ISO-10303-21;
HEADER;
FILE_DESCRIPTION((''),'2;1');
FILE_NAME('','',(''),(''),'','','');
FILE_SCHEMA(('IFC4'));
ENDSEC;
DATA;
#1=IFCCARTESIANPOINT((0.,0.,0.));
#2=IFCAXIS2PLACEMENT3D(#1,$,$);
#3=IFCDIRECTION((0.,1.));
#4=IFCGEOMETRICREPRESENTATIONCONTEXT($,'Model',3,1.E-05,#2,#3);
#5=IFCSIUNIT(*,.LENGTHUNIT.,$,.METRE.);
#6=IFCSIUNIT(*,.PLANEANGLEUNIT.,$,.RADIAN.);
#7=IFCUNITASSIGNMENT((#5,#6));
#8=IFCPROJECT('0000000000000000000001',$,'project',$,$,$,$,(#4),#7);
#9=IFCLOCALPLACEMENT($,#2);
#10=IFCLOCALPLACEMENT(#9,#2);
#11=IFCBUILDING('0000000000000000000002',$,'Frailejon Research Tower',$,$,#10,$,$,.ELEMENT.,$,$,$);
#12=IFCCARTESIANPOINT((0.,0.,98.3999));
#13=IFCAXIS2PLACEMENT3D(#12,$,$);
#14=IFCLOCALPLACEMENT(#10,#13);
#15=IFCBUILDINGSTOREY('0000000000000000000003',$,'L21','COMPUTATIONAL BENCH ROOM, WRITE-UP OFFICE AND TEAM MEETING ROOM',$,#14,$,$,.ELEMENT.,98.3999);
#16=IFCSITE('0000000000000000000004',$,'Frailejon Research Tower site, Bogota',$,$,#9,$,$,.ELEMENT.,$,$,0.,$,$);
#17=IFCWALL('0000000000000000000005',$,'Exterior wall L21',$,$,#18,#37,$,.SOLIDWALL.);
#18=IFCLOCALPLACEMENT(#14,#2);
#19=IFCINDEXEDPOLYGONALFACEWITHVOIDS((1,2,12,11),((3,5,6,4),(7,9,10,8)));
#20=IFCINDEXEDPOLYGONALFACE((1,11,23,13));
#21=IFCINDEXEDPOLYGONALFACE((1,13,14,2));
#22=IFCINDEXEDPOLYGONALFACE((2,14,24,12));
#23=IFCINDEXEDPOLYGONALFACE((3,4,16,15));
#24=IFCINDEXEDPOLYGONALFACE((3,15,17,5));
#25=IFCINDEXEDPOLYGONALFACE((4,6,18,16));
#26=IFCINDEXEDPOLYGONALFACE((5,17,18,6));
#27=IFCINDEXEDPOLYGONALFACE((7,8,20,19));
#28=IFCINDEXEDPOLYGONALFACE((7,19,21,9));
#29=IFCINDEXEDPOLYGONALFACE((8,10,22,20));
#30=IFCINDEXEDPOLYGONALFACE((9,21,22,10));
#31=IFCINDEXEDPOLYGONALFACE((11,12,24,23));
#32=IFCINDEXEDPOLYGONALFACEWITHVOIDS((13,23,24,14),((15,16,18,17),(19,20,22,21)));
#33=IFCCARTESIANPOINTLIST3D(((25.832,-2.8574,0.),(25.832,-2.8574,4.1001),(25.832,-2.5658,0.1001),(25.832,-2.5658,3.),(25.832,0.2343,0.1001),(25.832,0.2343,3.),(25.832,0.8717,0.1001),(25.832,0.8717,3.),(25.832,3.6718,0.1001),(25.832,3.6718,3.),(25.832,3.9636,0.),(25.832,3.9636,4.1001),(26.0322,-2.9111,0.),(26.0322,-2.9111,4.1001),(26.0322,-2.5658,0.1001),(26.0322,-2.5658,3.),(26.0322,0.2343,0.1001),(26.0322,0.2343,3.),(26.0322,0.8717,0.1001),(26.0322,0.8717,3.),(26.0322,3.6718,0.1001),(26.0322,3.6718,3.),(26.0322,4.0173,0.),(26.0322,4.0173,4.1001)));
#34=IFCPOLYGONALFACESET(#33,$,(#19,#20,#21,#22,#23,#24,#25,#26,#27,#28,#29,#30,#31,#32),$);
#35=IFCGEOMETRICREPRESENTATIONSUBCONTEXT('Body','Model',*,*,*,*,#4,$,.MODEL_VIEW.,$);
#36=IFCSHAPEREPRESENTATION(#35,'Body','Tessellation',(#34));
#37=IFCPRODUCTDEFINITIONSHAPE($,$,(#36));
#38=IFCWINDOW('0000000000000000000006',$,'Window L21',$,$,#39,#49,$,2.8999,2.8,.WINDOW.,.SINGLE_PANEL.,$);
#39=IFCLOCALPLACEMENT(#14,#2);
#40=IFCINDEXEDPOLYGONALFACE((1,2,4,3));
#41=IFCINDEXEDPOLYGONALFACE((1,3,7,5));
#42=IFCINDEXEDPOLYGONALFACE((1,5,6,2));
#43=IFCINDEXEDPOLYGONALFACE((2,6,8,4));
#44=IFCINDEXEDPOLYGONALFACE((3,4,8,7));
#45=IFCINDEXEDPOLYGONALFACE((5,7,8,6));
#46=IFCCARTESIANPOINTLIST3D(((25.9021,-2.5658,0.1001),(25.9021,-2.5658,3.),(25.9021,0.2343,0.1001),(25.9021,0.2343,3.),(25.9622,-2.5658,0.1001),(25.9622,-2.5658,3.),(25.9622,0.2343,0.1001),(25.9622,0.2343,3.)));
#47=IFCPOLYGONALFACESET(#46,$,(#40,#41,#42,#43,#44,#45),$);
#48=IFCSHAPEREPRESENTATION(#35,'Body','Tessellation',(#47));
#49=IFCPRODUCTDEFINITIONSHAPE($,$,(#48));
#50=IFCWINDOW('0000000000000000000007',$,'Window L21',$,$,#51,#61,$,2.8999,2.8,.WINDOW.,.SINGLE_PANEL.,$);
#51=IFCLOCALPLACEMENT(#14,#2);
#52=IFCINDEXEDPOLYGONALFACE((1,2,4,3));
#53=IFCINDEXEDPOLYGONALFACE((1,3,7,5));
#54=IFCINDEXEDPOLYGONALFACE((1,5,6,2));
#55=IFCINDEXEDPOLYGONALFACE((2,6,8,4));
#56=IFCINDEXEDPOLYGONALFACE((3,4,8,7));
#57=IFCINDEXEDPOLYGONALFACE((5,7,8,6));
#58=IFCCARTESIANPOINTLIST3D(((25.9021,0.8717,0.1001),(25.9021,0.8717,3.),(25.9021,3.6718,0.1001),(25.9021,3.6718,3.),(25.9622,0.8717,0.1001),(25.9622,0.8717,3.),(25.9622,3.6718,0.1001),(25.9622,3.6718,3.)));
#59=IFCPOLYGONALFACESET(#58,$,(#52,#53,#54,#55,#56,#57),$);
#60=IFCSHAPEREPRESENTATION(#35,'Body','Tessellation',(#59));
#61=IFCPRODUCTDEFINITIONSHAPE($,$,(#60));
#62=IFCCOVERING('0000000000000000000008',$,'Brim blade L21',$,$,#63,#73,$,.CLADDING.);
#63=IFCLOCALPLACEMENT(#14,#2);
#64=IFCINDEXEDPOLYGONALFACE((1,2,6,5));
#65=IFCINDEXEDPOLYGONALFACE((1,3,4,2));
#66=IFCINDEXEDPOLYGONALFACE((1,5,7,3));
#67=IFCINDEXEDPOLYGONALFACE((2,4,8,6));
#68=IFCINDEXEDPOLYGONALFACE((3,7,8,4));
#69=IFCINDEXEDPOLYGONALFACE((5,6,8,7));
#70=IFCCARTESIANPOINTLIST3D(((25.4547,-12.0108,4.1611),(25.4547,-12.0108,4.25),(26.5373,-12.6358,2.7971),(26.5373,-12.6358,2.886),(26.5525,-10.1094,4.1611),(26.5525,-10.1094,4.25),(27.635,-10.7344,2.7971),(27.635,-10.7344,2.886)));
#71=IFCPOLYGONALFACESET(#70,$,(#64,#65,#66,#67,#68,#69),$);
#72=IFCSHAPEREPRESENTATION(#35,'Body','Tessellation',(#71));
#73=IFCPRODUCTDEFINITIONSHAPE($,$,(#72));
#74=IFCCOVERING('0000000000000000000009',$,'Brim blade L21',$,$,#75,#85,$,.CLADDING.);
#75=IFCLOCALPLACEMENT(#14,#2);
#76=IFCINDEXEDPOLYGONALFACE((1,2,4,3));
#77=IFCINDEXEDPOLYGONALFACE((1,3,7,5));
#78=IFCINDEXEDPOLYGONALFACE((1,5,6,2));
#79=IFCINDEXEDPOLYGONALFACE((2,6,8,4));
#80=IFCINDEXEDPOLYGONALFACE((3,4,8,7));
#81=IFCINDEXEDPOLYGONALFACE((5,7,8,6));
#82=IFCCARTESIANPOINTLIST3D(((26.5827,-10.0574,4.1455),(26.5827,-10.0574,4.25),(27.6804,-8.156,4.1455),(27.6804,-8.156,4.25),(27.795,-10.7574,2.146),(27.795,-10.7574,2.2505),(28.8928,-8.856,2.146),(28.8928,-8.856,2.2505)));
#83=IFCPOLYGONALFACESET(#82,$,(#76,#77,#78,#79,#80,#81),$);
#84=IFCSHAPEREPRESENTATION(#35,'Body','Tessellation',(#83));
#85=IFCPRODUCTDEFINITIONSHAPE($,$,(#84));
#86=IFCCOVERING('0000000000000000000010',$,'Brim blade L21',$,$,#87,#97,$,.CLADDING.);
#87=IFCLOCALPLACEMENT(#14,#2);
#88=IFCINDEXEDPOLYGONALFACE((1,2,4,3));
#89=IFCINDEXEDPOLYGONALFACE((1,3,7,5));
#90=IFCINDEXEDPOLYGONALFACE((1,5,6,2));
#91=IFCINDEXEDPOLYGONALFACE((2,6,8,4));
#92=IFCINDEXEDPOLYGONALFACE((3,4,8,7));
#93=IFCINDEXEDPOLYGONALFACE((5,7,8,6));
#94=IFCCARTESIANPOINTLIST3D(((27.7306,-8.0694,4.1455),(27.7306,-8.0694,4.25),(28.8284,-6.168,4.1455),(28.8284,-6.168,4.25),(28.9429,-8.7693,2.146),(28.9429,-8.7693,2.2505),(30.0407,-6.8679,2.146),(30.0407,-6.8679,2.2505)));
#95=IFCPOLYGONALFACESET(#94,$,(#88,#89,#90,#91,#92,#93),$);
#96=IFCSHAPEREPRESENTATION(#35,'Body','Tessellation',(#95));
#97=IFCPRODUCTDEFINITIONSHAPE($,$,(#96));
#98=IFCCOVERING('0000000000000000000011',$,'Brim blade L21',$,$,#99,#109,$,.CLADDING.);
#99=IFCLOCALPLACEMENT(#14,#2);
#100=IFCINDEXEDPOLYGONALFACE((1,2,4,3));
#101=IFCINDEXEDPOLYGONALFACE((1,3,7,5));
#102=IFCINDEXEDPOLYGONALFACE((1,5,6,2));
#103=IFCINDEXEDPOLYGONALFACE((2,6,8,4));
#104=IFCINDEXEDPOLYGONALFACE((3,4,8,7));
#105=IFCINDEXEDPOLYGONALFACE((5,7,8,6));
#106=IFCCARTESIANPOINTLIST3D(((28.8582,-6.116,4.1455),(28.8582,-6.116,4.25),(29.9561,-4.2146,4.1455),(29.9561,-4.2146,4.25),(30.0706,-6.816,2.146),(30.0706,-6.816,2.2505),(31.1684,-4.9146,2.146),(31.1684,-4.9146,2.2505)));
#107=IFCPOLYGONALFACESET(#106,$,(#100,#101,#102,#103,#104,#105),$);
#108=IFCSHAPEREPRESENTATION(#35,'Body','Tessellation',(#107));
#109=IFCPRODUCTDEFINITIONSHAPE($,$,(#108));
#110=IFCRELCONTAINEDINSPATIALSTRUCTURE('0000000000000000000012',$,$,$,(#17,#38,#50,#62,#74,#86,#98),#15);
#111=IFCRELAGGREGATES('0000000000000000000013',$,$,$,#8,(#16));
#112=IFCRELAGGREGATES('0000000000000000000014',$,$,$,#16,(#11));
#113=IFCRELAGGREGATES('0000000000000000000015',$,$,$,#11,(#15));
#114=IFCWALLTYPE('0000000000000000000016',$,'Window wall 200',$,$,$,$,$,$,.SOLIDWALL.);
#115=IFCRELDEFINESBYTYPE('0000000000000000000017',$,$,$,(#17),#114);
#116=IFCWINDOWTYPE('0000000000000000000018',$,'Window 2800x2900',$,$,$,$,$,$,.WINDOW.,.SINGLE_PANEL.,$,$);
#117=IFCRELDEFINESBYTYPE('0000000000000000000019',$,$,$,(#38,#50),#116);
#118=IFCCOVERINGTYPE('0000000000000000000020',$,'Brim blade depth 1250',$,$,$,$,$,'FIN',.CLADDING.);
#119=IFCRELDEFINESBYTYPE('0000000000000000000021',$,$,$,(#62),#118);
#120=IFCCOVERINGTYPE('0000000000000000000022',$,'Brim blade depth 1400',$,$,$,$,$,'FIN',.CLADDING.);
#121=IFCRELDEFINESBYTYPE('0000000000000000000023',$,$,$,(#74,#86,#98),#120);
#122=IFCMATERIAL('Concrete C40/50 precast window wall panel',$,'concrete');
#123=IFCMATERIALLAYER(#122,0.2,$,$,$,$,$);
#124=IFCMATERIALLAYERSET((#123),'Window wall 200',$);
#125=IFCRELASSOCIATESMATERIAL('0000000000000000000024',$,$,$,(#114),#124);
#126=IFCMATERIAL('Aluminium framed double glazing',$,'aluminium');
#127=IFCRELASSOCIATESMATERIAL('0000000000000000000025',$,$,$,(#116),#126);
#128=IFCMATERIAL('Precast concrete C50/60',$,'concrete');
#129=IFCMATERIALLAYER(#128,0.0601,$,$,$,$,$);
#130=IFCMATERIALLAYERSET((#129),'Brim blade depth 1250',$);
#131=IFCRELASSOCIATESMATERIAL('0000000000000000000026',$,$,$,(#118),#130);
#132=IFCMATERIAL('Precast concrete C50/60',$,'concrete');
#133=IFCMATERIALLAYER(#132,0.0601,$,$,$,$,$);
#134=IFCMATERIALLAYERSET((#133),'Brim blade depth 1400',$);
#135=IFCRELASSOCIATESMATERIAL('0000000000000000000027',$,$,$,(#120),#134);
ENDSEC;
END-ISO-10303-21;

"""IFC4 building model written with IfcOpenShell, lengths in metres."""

from ifc_helpers import new_model, si_unit, direction, frame, frame_2d, origin, place, context, subcontext, project, spatial, polyline, rectangle, outline, extrude, material, layer, layer_set, type_object, element, fill, save


model = new_model("IFC4")

# Units and contexts
model_context = context("Model", 3, precision=1e-05, world=origin(), true_north=direction((0.0, 1.0)))
body_context = subcontext(model_context, "Body", "Model", "MODEL_VIEW")
ifc_project = project(units=[si_unit("LENGTHUNIT", "METRE"), si_unit("PLANEANGLEUNIT", "RADIAN")], contexts=[model_context])

# Site, building, storey
site_placement = place(None, origin())
site = spatial("IfcSite", under=ifc_project, at=site_placement, Name="Frailejon Research Tower site, Bogota", CompositionType="ELEMENT", RefElevation=0.0)
building_placement = place(site_placement, origin())
building = spatial("IfcBuilding", under=site, at=building_placement, Name="Frailejon Research Tower", CompositionType="ELEMENT")
storey_placement = place(building_placement, frame((0.0, 0.0, 98.3999)))
storey = spatial("IfcBuildingStorey", under=building, at=storey_placement, Name="L21", Description="COMPUTATIONAL BENCH ROOM, WRITE-UP OFFICE AND TEAM MEETING ROOM", CompositionType="ELEMENT", Elevation=98.3999)

# Wall, openings, windows
ifc_material_1 = material(Name="Concrete C40/50 precast window wall panel", Category="concrete")
ifc_layer_1 = layer(ifc_material_1, 0.2)
ifc_layer_set_1 = layer_set([ifc_layer_1], Name="Window wall 200")
wall_type_1 = type_object("IfcWallType", Name="Window wall 200", PredefinedType="SOLIDWALL", material=ifc_layer_set_1)
wall_1_placement = place(storey_placement, frame((25.9321, -2.8843, 0.0), z_axis=(0.0, 0.0, 1.0), x_axis=(0.0, 1.0, 0.0)))
wall_1 = element("IfcWall", 1, at=wall_1_placement, inside=storey, type_object=wall_type_1, Name="Exterior wall L21", PredefinedType="SOLIDWALL", context=body_context, shape_type="SweptSolid", body=[
    extrude(outline(polyline([(-0.0269, -0.1001), (1.1279, -0.1001), (2.2827, -0.1001), (3.4375, -0.1001), (4.592, -0.1001), (5.7468, -0.1001), (6.9016, -0.1001), (6.8479, 0.1001), (5.7109, 0.1001), (4.5742, 0.1001), (3.4375, 0.1001), (2.3005, 0.1001), (1.1636, 0.1001), (0.0269, 0.1001), (-0.0269, -0.1001)])), origin(), (0.0, 0.0, 1.0), 4.1001),
])
opening_1_placement = place(wall_1_placement, frame((0.3186, 0.0, 0.1001)))
opening_1 = element("IfcOpeningElement", 2, at=opening_1_placement, cuts=wall_1, PredefinedType="OPENING", context=body_context, shape_type="SweptSolid", body=[
    extrude(rectangle(XDim=2.8, YDim=2.8999, at=frame_2d((1.3999, 1.45))), frame((0.0, 0.1099, 0.0), z_axis=(0.0, -1.0, 0.0), x_axis=(1.0, 0.0, 0.0)), (0.0, 0.0, 1.0), 0.22),
])
opening_2_placement = place(wall_1_placement, frame((3.7561, 0.0, 0.1001)))
opening_2 = element("IfcOpeningElement", 3, at=opening_2_placement, cuts=wall_1, PredefinedType="OPENING", context=body_context, shape_type="SweptSolid", body=[
    extrude(rectangle(XDim=2.8, YDim=2.8999, at=frame_2d((1.3999, 1.45))), frame((0.0, 0.1099, 0.0), z_axis=(0.0, -1.0, 0.0), x_axis=(1.0, 0.0, 0.0)), (0.0, 0.0, 1.0), 0.22),
])
ifc_material_2 = material(Name="Aluminium framed double glazing", Category="aluminium")
window_type = type_object("IfcWindowType", Name="Window 2800x2900", PartitioningType="SINGLE_PANEL", PredefinedType="WINDOW", material=ifc_material_2)
window_1_placement = place(opening_1_placement, origin())
window_1 = element("IfcWindow", 4, at=window_1_placement, inside=storey, type_object=window_type, Name="Window L21", OverallHeight=2.8999, OverallWidth=2.8, PartitioningType="SINGLE_PANEL", PredefinedType="WINDOW", context=body_context, shape_type="SweptSolid", body=[
    extrude(rectangle(XDim=2.8, YDim=2.8999, at=frame_2d((1.3999, 1.45))), frame((0.0, 0.03, 0.0), z_axis=(0.0, -1.0, 0.0), x_axis=(1.0, 0.0, 0.0)), (0.0, 0.0, 1.0), 0.0601),
])
fill(opening_1, window_1)
window_2_placement = place(opening_2_placement, origin())
window_2 = element("IfcWindow", 5, at=window_2_placement, inside=storey, type_object=window_type, Name="Window L21", OverallHeight=2.8999, OverallWidth=2.8, PartitioningType="SINGLE_PANEL", PredefinedType="WINDOW", context=body_context, shape_type="SweptSolid", body=[
    extrude(rectangle(XDim=2.8, YDim=2.8999, at=frame_2d((1.3999, 1.45))), frame((0.0, 0.03, 0.0), z_axis=(0.0, -1.0, 0.0), x_axis=(1.0, 0.0, 0.0)), (0.0, 0.0, 1.0), 0.0601),
])
fill(opening_2, window_2)

# Coverings
ifc_material_3 = material(Name="Precast concrete C50/60", Category="concrete")
ifc_layer_2 = layer(ifc_material_3, 0.0601)
ifc_layer_set_2 = layer_set([ifc_layer_2], Name="Brim blade depth 1250")
covering_type_1 = type_object("IfcCoveringType", Name="Brim blade depth 1250", ElementType="FIN", PredefinedType="CLADDING", material=ifc_layer_set_2)
covering_placement = place(storey_placement, frame((26.5525, -10.1094, 4.25), z_axis=(-0.499996, -0.866028, 0.0), x_axis=(0.866028, -0.499996, 0.0)))
element("IfcCovering", 6, at=covering_placement, inside=storey, type_object=covering_type_1, Name="Brim blade L21", PredefinedType="CLADDING", context=body_context, shape_type="SweptSolid", body=[
    extrude(outline(polyline([(0.0, -0.0889), (1.25, -1.4529), (1.25, -1.364), (0.0, 0.0), (0.0, -0.0889)])), origin(), (0.0, 0.0, 1.0), 2.1956),
])
ifc_material_4 = material(Name="Precast concrete C50/60", Category="concrete")
ifc_layer_3 = layer(ifc_material_4, 0.0601)
ifc_layer_set_3 = layer_set([ifc_layer_3], Name="Brim blade depth 1400")
covering_type_2 = type_object("IfcCoveringType", Name="Brim blade depth 1400", ElementType="FIN", PredefinedType="CLADDING", material=ifc_layer_set_3)
for number, where, z_axis, x_axis, name in (
    (7, (27.6804, -8.156, 4.25), (-0.499996, -0.866028, 0.0), (0.866028, -0.499996, 0.0), "Brim blade L21"),
    (8, (28.8284, -6.168, 4.25), (-0.500012, -0.866018, 0.0), (0.866018, -0.500012, 0.0), "Brim blade L21"),
    (9, (29.9561, -4.2146, 4.25), (-0.500012, -0.866018, 0.0), (0.866018, -0.500012, 0.0), "Brim blade L21"),
):
    element("IfcCovering", number, at=place(storey_placement, frame(where, z_axis=z_axis, x_axis=x_axis)), inside=storey, type_object=covering_type_2, Name=name, PredefinedType="CLADDING", context=body_context, shape_type="SweptSolid", body=[
        extrude(outline(polyline([(0.0, -0.1045), (1.3999, -2.104), (1.3999, -1.9995), (0.0, 0.0), (0.0, -0.1045)])), origin(), (0.0, 0.0, 1.0), 2.1956),
    ])

save(model, "model.ifc")
